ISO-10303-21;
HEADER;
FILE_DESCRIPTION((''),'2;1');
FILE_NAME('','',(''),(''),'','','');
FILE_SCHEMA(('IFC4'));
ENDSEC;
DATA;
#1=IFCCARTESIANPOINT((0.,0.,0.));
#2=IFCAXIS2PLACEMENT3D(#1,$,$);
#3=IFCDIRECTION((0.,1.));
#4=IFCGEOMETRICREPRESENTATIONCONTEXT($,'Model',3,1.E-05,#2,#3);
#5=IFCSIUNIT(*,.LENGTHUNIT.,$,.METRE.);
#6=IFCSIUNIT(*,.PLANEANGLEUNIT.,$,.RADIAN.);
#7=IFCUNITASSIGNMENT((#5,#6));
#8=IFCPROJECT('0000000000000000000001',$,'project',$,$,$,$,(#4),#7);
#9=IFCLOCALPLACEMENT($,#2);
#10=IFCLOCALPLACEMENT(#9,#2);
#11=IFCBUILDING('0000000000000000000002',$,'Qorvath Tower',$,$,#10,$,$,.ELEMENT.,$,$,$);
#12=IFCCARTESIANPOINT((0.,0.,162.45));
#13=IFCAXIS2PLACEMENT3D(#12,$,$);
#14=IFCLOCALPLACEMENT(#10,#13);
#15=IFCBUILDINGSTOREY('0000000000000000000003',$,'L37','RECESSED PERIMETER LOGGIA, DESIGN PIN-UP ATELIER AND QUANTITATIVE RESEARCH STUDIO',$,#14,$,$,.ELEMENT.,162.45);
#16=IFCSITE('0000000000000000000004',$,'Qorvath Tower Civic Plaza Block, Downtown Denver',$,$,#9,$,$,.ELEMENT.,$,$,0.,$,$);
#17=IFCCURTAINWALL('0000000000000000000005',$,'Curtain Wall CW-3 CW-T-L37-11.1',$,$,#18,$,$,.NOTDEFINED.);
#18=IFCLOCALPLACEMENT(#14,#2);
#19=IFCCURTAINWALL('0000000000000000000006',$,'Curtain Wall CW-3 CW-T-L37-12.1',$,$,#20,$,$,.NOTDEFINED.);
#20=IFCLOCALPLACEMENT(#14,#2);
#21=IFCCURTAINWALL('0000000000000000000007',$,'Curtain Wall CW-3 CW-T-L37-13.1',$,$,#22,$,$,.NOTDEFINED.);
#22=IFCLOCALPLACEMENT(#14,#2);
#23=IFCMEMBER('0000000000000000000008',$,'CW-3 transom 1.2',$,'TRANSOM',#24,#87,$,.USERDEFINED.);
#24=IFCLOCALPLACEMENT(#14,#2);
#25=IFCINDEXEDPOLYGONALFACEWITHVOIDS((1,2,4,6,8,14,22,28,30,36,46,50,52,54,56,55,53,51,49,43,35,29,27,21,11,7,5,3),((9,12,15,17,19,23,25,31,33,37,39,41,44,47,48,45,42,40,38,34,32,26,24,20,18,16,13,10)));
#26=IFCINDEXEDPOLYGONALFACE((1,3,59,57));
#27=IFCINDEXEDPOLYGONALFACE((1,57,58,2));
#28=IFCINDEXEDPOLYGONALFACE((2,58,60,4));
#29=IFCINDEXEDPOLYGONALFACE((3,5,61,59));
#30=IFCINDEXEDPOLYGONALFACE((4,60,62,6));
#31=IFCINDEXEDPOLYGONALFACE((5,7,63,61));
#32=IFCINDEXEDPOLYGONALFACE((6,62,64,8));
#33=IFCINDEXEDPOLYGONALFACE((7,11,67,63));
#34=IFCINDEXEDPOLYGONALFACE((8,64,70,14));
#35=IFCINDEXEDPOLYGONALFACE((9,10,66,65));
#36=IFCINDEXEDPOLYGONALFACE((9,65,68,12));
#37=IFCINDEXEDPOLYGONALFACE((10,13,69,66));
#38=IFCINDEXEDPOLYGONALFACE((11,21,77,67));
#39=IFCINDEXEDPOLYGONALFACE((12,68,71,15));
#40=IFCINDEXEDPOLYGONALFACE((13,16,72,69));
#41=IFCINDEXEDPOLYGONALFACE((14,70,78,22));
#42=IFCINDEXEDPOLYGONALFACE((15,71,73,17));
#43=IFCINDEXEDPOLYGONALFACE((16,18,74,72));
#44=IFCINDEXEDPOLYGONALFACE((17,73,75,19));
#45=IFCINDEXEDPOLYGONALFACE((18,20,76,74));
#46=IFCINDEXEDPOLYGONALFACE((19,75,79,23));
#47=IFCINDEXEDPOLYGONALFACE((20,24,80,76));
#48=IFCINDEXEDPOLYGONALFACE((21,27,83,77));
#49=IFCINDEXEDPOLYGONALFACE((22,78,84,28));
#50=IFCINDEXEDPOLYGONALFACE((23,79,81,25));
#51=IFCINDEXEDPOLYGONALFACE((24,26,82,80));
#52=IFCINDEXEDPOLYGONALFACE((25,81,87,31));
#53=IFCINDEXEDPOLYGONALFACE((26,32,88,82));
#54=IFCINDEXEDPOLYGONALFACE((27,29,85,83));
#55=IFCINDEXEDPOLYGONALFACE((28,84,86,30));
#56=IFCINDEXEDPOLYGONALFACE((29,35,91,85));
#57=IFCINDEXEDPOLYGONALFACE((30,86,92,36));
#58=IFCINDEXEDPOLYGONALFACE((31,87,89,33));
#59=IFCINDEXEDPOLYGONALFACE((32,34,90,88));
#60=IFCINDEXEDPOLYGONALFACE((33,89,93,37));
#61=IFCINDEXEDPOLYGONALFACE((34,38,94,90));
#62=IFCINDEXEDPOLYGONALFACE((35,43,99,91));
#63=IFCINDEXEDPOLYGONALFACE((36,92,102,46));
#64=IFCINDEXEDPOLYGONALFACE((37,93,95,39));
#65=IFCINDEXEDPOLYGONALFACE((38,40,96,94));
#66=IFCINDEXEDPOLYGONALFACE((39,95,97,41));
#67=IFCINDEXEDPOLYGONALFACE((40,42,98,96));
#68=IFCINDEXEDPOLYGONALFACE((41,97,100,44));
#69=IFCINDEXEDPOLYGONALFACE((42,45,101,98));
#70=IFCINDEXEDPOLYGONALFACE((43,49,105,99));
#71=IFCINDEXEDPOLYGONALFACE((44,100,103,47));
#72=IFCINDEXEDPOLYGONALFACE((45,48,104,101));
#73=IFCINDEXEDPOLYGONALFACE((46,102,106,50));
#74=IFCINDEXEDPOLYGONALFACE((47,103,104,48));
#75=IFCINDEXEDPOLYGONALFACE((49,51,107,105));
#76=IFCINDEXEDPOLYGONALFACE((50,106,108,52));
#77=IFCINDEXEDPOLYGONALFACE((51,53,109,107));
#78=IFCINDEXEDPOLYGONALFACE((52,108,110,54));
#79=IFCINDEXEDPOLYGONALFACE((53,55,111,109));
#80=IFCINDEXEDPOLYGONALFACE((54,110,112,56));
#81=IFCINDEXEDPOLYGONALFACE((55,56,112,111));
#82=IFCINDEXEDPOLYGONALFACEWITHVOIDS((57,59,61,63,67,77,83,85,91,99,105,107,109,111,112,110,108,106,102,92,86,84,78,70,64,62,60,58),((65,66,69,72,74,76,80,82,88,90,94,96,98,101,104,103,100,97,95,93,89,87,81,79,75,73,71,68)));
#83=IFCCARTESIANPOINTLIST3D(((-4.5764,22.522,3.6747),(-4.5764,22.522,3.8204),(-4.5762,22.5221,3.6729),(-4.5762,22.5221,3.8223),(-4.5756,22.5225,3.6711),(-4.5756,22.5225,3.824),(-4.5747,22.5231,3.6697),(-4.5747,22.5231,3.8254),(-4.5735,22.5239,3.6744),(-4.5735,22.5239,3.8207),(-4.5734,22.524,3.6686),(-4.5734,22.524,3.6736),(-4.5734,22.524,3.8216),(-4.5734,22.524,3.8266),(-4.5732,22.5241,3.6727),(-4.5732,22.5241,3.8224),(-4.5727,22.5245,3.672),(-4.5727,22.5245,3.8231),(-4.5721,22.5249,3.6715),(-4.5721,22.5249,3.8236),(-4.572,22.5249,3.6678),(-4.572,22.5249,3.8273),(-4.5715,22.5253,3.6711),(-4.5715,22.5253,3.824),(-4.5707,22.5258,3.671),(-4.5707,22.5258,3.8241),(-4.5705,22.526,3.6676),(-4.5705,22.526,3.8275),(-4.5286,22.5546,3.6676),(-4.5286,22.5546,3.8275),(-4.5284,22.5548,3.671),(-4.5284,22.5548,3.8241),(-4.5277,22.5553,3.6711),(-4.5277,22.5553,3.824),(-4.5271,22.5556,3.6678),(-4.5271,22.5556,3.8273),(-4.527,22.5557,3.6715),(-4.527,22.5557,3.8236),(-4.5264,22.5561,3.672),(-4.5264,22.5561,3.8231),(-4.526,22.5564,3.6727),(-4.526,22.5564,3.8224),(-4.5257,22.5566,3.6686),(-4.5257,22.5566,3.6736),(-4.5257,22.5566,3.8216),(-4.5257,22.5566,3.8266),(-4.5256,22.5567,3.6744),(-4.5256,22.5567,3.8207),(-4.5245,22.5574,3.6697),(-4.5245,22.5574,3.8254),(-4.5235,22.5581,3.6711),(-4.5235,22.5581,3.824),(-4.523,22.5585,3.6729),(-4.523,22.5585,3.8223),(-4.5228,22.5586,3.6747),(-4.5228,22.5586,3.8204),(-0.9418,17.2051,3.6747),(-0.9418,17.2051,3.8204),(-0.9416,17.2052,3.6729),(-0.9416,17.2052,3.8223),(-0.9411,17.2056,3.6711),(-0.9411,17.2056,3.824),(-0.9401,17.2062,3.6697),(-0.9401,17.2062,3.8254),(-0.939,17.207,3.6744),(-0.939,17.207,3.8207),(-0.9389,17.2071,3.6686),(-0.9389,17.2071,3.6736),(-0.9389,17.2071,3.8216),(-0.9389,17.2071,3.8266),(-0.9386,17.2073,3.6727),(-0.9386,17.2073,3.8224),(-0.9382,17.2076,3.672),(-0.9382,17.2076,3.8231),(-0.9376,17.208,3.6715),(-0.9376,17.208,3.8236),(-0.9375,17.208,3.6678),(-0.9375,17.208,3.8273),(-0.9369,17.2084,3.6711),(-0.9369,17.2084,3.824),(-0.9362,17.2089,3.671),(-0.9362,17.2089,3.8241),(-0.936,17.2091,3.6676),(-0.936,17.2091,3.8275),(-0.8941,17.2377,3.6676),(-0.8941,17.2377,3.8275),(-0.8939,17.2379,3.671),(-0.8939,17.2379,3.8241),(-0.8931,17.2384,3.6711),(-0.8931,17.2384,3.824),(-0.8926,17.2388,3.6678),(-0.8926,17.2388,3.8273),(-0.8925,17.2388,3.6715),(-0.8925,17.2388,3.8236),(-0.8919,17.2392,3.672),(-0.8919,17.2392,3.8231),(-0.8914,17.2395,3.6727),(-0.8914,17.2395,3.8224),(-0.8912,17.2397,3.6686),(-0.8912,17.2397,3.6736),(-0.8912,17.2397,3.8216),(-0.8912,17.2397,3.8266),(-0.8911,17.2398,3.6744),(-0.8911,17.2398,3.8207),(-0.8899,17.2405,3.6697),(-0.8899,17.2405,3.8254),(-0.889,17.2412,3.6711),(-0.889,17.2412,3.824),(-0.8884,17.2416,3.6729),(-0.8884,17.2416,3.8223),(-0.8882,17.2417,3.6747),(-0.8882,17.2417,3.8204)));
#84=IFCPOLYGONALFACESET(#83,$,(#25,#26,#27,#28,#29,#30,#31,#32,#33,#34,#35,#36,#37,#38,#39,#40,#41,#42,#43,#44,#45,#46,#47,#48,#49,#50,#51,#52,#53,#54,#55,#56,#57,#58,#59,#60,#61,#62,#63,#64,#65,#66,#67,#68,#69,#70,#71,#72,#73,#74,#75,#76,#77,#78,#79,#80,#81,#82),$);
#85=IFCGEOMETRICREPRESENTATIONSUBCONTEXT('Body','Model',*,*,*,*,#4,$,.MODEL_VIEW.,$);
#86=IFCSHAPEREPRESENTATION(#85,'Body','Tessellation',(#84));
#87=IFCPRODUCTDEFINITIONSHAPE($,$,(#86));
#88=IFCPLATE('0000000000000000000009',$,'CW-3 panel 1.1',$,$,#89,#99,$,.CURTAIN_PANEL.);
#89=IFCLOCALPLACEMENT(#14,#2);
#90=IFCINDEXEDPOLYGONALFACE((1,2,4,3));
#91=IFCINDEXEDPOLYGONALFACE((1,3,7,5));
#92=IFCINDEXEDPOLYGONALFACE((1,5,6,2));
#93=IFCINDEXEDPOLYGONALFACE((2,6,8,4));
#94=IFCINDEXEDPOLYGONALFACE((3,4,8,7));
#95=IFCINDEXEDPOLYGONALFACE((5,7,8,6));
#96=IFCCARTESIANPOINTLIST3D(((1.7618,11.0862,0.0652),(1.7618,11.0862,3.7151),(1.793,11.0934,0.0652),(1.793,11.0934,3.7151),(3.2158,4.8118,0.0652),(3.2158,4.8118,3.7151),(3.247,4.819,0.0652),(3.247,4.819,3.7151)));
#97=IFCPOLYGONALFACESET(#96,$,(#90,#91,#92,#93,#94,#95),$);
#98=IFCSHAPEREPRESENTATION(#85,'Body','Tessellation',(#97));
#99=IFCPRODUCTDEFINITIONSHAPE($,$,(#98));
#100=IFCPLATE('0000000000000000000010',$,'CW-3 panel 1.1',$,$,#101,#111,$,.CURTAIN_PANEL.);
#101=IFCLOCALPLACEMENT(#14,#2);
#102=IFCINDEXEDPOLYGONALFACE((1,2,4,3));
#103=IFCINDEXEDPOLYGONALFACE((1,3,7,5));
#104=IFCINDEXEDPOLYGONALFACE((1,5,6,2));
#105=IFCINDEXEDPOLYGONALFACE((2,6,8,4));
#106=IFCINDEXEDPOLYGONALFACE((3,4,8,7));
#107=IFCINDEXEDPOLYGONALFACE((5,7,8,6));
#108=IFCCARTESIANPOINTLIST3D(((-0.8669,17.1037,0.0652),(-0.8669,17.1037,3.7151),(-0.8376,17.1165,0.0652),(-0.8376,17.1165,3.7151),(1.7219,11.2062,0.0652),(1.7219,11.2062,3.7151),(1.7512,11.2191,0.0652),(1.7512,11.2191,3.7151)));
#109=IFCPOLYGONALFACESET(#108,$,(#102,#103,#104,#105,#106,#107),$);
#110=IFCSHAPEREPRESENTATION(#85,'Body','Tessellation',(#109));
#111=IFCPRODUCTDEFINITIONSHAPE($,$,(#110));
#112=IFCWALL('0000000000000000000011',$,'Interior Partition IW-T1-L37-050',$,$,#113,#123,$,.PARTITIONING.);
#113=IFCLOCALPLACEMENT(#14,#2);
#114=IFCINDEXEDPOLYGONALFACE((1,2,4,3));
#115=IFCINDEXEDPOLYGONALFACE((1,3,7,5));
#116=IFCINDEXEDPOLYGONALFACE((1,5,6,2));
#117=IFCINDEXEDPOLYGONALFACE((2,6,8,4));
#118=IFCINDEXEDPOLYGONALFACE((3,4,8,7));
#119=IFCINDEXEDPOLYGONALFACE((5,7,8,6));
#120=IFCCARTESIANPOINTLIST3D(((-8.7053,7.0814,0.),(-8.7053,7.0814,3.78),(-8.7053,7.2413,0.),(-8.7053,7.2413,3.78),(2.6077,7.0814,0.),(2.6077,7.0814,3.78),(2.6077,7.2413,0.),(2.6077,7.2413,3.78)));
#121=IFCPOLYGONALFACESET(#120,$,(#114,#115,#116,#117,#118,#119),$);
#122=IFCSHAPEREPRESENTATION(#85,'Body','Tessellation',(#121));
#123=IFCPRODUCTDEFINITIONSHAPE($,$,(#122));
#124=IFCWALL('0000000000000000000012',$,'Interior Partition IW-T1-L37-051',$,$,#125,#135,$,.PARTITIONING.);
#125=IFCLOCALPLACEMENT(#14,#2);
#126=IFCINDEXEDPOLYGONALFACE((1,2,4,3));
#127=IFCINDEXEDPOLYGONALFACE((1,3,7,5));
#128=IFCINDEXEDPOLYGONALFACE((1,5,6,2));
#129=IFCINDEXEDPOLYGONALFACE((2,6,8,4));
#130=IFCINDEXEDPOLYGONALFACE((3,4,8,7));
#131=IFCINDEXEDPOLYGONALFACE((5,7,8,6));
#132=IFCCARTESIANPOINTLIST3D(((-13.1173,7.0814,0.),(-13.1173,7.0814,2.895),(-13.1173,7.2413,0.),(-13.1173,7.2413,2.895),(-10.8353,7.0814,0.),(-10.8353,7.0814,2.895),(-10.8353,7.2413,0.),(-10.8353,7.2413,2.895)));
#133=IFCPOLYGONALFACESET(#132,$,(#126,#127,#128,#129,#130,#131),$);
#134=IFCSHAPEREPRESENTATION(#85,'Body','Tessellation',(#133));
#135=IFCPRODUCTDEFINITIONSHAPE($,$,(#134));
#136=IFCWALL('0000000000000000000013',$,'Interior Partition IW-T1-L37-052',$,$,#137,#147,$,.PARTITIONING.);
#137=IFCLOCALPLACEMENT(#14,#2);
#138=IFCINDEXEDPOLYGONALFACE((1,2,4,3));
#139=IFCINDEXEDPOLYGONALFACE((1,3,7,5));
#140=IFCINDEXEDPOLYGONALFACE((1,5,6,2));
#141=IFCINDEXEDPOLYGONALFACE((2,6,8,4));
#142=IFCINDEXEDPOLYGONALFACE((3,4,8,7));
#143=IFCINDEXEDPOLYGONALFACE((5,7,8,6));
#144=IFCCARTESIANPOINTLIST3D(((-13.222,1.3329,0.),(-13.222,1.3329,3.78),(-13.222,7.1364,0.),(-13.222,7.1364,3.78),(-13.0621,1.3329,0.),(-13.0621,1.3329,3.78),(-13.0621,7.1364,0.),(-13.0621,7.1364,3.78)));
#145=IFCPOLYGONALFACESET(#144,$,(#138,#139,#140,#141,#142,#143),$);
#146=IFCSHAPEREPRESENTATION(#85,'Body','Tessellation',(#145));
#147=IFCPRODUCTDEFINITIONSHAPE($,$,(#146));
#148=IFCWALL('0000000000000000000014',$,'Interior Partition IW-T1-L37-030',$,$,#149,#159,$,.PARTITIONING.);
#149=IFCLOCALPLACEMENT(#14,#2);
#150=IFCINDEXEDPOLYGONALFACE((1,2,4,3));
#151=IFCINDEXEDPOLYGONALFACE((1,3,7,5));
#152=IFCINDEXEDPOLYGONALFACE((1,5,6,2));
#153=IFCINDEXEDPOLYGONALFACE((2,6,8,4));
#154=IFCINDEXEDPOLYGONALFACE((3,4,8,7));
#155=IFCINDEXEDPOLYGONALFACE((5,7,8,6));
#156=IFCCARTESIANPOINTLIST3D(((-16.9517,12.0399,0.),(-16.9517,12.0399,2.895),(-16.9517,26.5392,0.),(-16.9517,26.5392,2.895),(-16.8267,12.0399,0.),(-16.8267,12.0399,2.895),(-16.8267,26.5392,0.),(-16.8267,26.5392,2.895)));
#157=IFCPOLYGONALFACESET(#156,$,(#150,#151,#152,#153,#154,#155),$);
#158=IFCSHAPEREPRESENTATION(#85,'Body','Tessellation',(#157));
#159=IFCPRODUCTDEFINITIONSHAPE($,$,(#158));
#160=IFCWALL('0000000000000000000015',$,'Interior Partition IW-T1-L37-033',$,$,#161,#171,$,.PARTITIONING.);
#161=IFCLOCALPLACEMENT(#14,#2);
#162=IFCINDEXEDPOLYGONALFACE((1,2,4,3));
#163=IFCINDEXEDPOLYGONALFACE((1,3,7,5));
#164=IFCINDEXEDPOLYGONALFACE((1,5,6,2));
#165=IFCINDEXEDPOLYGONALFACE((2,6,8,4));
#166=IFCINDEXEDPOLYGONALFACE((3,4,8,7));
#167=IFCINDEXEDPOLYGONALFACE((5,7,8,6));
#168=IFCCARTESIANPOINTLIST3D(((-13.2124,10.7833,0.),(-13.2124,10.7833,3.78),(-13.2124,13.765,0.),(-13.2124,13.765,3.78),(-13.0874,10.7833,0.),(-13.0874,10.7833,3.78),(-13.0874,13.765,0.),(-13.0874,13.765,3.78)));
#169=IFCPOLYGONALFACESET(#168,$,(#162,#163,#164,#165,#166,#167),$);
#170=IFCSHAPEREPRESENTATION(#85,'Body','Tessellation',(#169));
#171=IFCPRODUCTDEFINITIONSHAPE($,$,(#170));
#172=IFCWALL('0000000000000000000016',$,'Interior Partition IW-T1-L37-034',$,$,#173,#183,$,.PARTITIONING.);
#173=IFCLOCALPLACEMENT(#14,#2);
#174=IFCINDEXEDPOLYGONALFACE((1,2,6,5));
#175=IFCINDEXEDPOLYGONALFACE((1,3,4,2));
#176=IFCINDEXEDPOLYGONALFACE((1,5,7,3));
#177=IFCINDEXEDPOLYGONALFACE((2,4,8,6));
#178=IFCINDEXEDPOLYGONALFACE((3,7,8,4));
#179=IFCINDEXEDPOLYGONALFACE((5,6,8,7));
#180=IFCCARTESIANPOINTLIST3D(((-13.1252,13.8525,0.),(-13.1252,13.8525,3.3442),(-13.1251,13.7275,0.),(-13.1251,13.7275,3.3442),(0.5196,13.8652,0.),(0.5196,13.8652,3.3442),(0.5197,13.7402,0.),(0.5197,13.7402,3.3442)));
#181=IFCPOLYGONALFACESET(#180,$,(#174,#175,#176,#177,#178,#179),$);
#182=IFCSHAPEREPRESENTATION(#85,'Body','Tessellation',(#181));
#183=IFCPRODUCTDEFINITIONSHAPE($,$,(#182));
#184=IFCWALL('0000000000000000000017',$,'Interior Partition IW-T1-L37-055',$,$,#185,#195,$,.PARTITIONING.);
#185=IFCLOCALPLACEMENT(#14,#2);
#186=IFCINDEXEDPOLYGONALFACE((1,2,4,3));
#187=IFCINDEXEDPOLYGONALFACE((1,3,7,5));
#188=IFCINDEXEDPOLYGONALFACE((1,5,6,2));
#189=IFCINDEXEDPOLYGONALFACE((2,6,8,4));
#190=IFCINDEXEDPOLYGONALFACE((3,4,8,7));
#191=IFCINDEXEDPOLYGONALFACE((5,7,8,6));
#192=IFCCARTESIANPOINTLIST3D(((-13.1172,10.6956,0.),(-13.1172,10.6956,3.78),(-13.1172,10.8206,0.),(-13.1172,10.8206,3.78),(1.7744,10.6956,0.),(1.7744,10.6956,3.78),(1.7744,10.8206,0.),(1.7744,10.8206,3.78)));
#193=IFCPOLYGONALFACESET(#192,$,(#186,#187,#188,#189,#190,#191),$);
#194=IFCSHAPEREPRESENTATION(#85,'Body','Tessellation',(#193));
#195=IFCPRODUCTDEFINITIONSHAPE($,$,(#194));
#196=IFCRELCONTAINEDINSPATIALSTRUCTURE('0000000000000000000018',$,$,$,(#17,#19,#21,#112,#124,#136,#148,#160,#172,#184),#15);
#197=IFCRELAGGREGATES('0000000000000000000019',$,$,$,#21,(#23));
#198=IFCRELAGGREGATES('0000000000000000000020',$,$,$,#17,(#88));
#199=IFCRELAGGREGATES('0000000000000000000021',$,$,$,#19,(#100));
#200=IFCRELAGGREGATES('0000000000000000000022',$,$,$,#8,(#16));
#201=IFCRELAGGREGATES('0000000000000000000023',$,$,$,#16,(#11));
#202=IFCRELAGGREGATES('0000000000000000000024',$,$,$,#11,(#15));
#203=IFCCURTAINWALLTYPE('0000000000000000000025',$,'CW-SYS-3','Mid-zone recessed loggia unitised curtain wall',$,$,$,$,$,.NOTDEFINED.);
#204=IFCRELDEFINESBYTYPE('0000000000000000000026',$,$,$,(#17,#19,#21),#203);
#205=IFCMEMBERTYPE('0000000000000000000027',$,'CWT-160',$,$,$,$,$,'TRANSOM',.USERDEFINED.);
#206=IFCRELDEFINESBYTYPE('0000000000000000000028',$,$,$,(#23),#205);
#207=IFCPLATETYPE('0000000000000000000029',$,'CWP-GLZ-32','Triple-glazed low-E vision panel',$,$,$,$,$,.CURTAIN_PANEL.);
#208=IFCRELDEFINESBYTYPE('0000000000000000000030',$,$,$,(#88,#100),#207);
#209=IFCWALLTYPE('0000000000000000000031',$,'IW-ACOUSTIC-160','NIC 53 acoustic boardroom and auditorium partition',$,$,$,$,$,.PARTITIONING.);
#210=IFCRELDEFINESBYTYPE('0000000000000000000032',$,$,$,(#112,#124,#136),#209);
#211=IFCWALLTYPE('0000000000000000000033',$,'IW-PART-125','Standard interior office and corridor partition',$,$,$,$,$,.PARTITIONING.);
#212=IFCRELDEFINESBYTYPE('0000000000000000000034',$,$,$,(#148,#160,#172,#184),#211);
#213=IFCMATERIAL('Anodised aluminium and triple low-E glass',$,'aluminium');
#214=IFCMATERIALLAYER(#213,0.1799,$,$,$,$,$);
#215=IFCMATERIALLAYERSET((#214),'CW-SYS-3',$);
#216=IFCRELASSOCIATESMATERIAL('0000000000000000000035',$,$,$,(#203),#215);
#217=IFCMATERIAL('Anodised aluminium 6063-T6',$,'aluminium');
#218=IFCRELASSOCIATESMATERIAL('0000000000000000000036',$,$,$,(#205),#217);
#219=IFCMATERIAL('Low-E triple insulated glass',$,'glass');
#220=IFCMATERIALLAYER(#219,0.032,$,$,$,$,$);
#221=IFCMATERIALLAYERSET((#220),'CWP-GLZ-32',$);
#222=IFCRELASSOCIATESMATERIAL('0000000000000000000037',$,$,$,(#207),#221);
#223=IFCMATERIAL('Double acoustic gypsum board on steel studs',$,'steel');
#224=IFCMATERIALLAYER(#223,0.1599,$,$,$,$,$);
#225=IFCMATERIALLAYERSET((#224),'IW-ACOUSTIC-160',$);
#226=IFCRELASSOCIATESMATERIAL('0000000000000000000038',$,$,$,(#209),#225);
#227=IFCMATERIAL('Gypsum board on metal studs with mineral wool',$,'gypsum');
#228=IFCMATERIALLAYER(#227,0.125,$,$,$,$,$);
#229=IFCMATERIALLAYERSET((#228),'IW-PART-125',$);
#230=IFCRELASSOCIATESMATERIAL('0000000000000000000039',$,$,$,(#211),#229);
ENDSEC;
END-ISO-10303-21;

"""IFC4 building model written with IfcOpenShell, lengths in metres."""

from ifc_helpers import new_model, si_unit, direction, frame, frame_2d, origin, origin_2d, place, context, subcontext, project, spatial, rectangle, hollow_rectangle, extrude, material, layer, layer_set, material_profile, profile_set, type_object, element, aggregate, save


model = new_model("IFC4")

# Units and contexts
model_context = context("Model", 3, precision=1e-05, world=origin(), true_north=direction((0.0, 1.0)))
body_context = subcontext(model_context, "Body", "Model", "MODEL_VIEW")
ifc_project = project(units=[si_unit("LENGTHUNIT", "METRE"), si_unit("PLANEANGLEUNIT", "RADIAN")], contexts=[model_context])

# Site, building, storey
site_placement = place(None, origin())
site = spatial("IfcSite", under=ifc_project, at=site_placement, Name="Qorvath Tower Civic Plaza Block, Downtown Denver", CompositionType="ELEMENT", RefElevation=0.0)
building_placement = place(site_placement, origin())
building = spatial("IfcBuilding", under=site, at=building_placement, Name="Qorvath Tower", CompositionType="ELEMENT")
storey_placement = place(building_placement, frame((0.0, 0.0, 162.45)))
storey = spatial("IfcBuildingStorey", under=building, at=storey_placement, Name="L37", Description="RECESSED PERIMETER LOGGIA, DESIGN PIN-UP ATELIER AND QUANTITATIVE RESEARCH STUDIO", CompositionType="ELEMENT", Elevation=162.45)

# Curtain wall
ifc_material_1 = material(Name="Anodised aluminium and triple low-E glass", Category="aluminium")
ifc_layer_1 = layer(ifc_material_1, 0.1799)
ifc_layer_set_1 = layer_set([ifc_layer_1], Name="CW-SYS-3")
curtain_wall_type = type_object("IfcCurtainWallType", Name="CW-SYS-3", Description="Mid-zone recessed loggia unitised curtain wall", PredefinedType="NOTDEFINED", material=ifc_layer_set_1)
curtain_wall_1_placement = place(storey_placement, origin())
curtain_wall_1 = element("IfcCurtainWall", 1, at=curtain_wall_1_placement, inside=storey, type_object=curtain_wall_type, Name="Curtain Wall CW-3 CW-T-L37-11.1", PredefinedType="NOTDEFINED")

# Curtain wall
curtain_wall_2_placement = place(storey_placement, origin())
curtain_wall_2 = element("IfcCurtainWall", 2, at=curtain_wall_2_placement, inside=storey, type_object=curtain_wall_type, Name="Curtain Wall CW-3 CW-T-L37-12.1", PredefinedType="NOTDEFINED")

# Curtain wall
curtain_wall_3_placement = place(storey_placement, origin())
curtain_wall_3 = element("IfcCurtainWall", 3, at=curtain_wall_3_placement, inside=storey, type_object=curtain_wall_type, Name="Curtain Wall CW-3 CW-T-L37-13.1", PredefinedType="NOTDEFINED")

# Member
ifc_material_2 = material(Name="Anodised aluminium 6063-T6", Category="aluminium")
ifc_material_profile_1 = material_profile(ifc_material_2, hollow_rectangle(XDim=0.0649, YDim=0.1599, WallThickness=0.0034, InnerFilletRadius=0.0034, OuterFilletRadius=0.0071, at=origin_2d()), Name="CWT 160x65")
ifc_profile_set_1 = profile_set([ifc_material_profile_1], Name="Anodised aluminium 6063-T6")
member_type_1 = type_object("IfcMemberType", Name="CWT-160", ElementType="TRANSOM", PredefinedType="USERDEFINED", material=ifc_profile_set_1)
member_1_placement = place(storey_placement, frame((-0.915, 17.2234, 3.7476), z_axis=(-0.564329, 0.82555, 0.0), x_axis=(-0.82555, -0.564329, 0.0)))
member_1 = element("IfcMember", 4, at=member_1_placement, type_object=member_type_1, Name="CW-3 transom 1.2", ObjectType="TRANSOM", PredefinedType="USERDEFINED", context=body_context, shape_type="SweptSolid", body=[
    extrude(hollow_rectangle(XDim=0.0649, YDim=0.1599, WallThickness=0.0034, InnerFilletRadius=0.0034, OuterFilletRadius=0.0071, at=origin_2d()), origin(), (0.0, 0.0, 1.0), 6.4404),
])
aggregate(curtain_wall_3, [member_1])

# Plates
ifc_material_3 = material(Name="Low-E triple insulated glass", Category="glass")
ifc_layer_2 = layer(ifc_material_3, 0.032)
ifc_layer_set_2 = layer_set([ifc_layer_2], Name="CWP-GLZ-32")
plate_type = type_object("IfcPlateType", Name="CWP-GLZ-32", Description="Triple-glazed low-E vision panel", PredefinedType="CURTAIN_PANEL", material=ifc_layer_set_2)
plate_1_placement = place(storey_placement, frame((2.5044, 7.9526, 0.0652), z_axis=(0.0, 0.0, 1.0), x_axis=(-0.225759, 0.974183, 0.0)))
plate_1 = element("IfcPlate", 5, at=plate_1_placement, type_object=plate_type, Name="CW-3 panel 1.1", PredefinedType="CURTAIN_PANEL", context=body_context, shape_type="SweptSolid", body=[
    extrude(rectangle(XDim=6.4407, YDim=0.032, at=origin_2d()), origin(), (0.0, 0.0, 1.0), 3.6499),
])
aggregate(curtain_wall_1, [plate_1])
plate_2_placement = place(storey_placement, frame((0.4421, 14.1614, 0.0652), z_axis=(0.0, 0.0, 1.0), x_axis=(-0.401947, 0.915663, 0.0)))
plate_2 = element("IfcPlate", 6, at=plate_2_placement, type_object=plate_type, Name="CW-3 panel 1.1", PredefinedType="CURTAIN_PANEL", context=body_context, shape_type="SweptSolid", body=[
    extrude(rectangle(XDim=6.4407, YDim=0.032, at=origin_2d()), origin(), (0.0, 0.0, 1.0), 3.6499),
])
aggregate(curtain_wall_2, [plate_2])

# Walls
ifc_material_4 = material(Name="Double acoustic gypsum board on steel studs", Category="steel")
ifc_layer_3 = layer(ifc_material_4, 0.1599)
ifc_layer_set_3 = layer_set([ifc_layer_3], Name="IW-ACOUSTIC-160")
wall_type_1 = type_object("IfcWallType", Name="IW-ACOUSTIC-160", Description="NIC 53 acoustic boardroom and auditorium partition", PredefinedType="PARTITIONING", material=ifc_layer_set_3)
wall_1_placement = place(storey_placement, frame((2.6077, 7.1614, 0.0), z_axis=(0.0, 0.0, 1.0), x_axis=(-1.0, 0.0, 0.0)))
element("IfcWall", 7, at=wall_1_placement, inside=storey, type_object=wall_type_1, Name="Interior Partition IW-T1-L37-050", PredefinedType="PARTITIONING", context=body_context, shape_type="SweptSolid", body=[
    extrude(rectangle(XDim=11.313, YDim=0.1599, at=frame_2d((5.6565, 0.0))), origin(), (0.0, 0.0, 1.0), 3.78),
])
wall_2_placement = place(storey_placement, frame((-10.8352, 7.1614, 0.0), z_axis=(0.0, 0.0, 1.0), x_axis=(-1.0, 0.0, 0.0)))
element("IfcWall", 8, at=wall_2_placement, inside=storey, type_object=wall_type_1, Name="Interior Partition IW-T1-L37-051", PredefinedType="PARTITIONING", context=body_context, shape_type="SweptSolid", body=[
    extrude(rectangle(XDim=2.282, YDim=0.1599, at=frame_2d((1.1411, 0.0))), origin(), (0.0, 0.0, 1.0), 2.895),
])
wall_3_placement = place(storey_placement, frame((-13.1421, 7.1365, 0.0), z_axis=(0.0, 0.0, 1.0), x_axis=(0.0, -1.0, 0.0)))
element("IfcWall", 9, at=wall_3_placement, inside=storey, type_object=wall_type_1, Name="Interior Partition IW-T1-L37-052", PredefinedType="PARTITIONING", context=body_context, shape_type="SweptSolid", body=[
    extrude(rectangle(XDim=5.8035, YDim=0.1599, at=frame_2d((2.9019, 0.0))), origin(), (0.0, 0.0, 1.0), 3.78),
])
ifc_material_5 = material(Name="Gypsum board on metal studs with mineral wool", Category="gypsum")
ifc_layer_4 = layer(ifc_material_5, 0.125)
ifc_layer_set_4 = layer_set([ifc_layer_4], Name="IW-PART-125")
wall_type_2 = type_object("IfcWallType", Name="IW-PART-125", Description="Standard interior office and corridor partition", PredefinedType="PARTITIONING", material=ifc_layer_set_4)
wall_4_placement = place(storey_placement, frame((-16.8892, 12.04, 0.0), z_axis=(0.0, 0.0, 1.0), x_axis=(0.0, 1.0, 0.0)))
element("IfcWall", 10, at=wall_4_placement, inside=storey, type_object=wall_type_2, Name="Interior Partition IW-T1-L37-030", PredefinedType="PARTITIONING", context=body_context, shape_type="SweptSolid", body=[
    extrude(rectangle(XDim=14.4993, YDim=0.125, at=frame_2d((7.2495, 0.0))), origin(), (0.0, 0.0, 1.0), 2.895),
])

# Walls
wall_5_placement = place(storey_placement, frame((-13.1499, 13.7649, 0.0), z_axis=(0.0, 0.0, 1.0), x_axis=(0.0, -1.0, 0.0)))
element("IfcWall", 11, at=wall_5_placement, inside=storey, type_object=wall_type_2, Name="Interior Partition IW-T1-L37-033", PredefinedType="PARTITIONING", context=body_context, shape_type="SweptSolid", body=[
    extrude(rectangle(XDim=2.9817, YDim=0.125, at=frame_2d((1.4907, 0.0))), origin(), (0.0, 0.0, 1.0), 3.78),
])
wall_6_placement = place(storey_placement, frame((-13.125, 13.79, 0.0), z_axis=(0.0, 0.0, 1.0), x_axis=(1.0, 0.00093, 0.0)))
element("IfcWall", 12, at=wall_6_placement, inside=storey, type_object=wall_type_2, Name="Interior Partition IW-T1-L37-034", PredefinedType="PARTITIONING", context=body_context, shape_type="SweptSolid", body=[
    extrude(rectangle(XDim=13.6448, YDim=0.125, at=frame_2d((6.8223, 0.0))), origin(), (0.0, 0.0, 1.0), 3.3442),
])
wall_7_placement = place(storey_placement, frame((-13.1172, 10.7581, 0.0), z_axis=(0.0, 0.0, 1.0), x_axis=(1.0, 0.0, 0.0)))
element("IfcWall", 13, at=wall_7_placement, inside=storey, type_object=wall_type_2, Name="Interior Partition IW-T1-L37-055", PredefinedType="PARTITIONING", context=body_context, shape_type="SweptSolid", body=[
    extrude(rectangle(XDim=14.8916, YDim=0.125, at=frame_2d((7.4458, 0.0))), origin(), (0.0, 0.0, 1.0), 3.78),
])

save(model, "model.ifc")
